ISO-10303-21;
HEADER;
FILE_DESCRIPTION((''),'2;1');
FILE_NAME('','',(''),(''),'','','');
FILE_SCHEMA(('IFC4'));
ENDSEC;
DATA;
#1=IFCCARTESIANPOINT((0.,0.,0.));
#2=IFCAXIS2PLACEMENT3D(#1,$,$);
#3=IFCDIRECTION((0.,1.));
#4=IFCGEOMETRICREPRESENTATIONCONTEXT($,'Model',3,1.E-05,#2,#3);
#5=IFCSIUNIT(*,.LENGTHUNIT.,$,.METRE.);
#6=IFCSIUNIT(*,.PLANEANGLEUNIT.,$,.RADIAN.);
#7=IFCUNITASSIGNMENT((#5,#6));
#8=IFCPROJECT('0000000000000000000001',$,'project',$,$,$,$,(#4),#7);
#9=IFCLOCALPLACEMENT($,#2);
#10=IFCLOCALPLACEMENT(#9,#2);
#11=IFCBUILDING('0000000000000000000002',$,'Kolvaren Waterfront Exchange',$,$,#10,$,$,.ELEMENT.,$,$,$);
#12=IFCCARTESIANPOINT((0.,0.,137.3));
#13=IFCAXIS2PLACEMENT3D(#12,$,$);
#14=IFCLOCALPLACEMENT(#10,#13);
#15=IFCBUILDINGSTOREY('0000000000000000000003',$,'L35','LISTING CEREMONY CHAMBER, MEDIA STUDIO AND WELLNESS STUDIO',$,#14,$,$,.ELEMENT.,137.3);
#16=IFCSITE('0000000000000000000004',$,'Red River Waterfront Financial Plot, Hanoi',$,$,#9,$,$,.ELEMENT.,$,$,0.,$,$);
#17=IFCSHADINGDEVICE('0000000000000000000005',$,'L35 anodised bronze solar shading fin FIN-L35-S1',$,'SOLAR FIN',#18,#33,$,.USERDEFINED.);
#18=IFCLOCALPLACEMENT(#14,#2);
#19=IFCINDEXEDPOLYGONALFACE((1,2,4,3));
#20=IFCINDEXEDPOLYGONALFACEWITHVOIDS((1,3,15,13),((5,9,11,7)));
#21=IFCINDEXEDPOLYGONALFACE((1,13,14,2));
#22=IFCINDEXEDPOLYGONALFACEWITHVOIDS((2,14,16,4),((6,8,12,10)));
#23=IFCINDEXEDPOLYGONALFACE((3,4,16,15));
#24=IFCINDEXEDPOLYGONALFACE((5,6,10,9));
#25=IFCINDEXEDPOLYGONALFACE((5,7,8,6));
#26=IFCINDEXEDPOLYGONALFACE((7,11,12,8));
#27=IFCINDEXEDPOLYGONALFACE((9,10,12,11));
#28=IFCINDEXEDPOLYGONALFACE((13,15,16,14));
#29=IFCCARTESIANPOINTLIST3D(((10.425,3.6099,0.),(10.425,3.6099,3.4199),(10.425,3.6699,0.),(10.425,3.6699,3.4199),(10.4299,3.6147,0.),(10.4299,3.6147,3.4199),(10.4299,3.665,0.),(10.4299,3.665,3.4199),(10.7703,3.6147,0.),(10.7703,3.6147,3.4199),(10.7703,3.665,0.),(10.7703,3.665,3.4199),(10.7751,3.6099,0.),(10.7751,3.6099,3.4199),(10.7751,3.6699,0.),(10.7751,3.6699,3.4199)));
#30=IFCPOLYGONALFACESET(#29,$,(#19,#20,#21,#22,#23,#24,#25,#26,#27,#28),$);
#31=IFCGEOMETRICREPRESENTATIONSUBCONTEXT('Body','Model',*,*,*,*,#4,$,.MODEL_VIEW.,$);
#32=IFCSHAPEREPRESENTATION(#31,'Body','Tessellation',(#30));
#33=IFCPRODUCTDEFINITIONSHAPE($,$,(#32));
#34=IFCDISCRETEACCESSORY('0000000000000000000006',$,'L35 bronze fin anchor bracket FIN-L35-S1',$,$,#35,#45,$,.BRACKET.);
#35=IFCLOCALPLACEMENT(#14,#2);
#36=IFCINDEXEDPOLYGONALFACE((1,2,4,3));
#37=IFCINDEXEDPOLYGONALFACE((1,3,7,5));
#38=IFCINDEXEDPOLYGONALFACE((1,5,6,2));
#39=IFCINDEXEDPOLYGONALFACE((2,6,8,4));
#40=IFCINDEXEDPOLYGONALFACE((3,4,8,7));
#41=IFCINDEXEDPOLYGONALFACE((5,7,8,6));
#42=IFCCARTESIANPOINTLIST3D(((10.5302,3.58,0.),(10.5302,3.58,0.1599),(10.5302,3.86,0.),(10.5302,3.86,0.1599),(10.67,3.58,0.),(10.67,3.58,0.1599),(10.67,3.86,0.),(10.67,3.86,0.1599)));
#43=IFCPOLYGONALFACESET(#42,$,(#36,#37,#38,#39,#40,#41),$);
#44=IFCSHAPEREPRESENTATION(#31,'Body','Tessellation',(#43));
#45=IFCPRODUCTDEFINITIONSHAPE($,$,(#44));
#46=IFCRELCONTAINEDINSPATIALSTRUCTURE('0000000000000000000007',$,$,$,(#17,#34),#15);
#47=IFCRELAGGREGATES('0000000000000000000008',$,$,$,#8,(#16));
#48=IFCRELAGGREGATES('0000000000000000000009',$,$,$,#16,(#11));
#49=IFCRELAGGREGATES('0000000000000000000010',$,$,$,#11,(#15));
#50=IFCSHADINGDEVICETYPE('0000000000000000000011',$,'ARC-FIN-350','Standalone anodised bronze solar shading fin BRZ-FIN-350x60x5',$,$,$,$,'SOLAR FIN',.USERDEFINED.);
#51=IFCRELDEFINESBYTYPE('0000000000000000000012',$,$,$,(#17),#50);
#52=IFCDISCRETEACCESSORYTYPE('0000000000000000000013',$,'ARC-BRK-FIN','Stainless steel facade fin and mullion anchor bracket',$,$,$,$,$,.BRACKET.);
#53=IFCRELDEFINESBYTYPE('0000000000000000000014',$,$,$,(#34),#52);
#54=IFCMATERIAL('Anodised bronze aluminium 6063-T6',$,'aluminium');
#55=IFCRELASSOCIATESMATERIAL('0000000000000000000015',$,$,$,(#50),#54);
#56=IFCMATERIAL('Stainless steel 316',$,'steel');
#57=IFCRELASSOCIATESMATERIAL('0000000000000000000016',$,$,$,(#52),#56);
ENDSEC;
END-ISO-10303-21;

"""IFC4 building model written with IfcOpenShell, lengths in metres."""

from ifc_helpers import new_model, si_unit, direction, frame, origin, origin_with_axes, origin_2d, place, context, subcontext, project, spatial, rectangle, hollow_rectangle, extrude, source, transform, mapped, material, material_profile, profile_set, type_object, element, save


model = new_model("IFC4")

# Units and contexts
model_context = context("Model", 3, precision=1e-05, world=origin(), true_north=direction((0.0, 1.0)))
body_context = subcontext(model_context, "Body", "Model", "MODEL_VIEW")
ifc_project = project(units=[si_unit("LENGTHUNIT", "METRE"), si_unit("PLANEANGLEUNIT", "RADIAN")], contexts=[model_context])

# Site, building, storey
site_placement = place(None, origin())
site = spatial("IfcSite", under=ifc_project, at=site_placement, Name="Red River Waterfront Financial Plot, Hanoi", CompositionType="ELEMENT", RefElevation=0.0)
building_placement = place(site_placement, origin())
building = spatial("IfcBuilding", under=site, at=building_placement, Name="Kolvaren Waterfront Exchange", CompositionType="ELEMENT")
storey_placement = place(building_placement, frame((0.0, 0.0, 137.3)))
storey = spatial("IfcBuildingStorey", under=building, at=storey_placement, Name="L35", Description="LISTING CEREMONY CHAMBER, MEDIA STUDIO AND WELLNESS STUDIO", CompositionType="ELEMENT", Elevation=137.3)

# Shared definitions
ifc_material_1 = material(Name="Anodised bronze aluminium 6063-T6", Category="aluminium")

# Shading device
ifc_material_profile_1 = material_profile(ifc_material_1, hollow_rectangle(XDim=0.0601, YDim=0.3501, WallThickness=0.0049, at=origin_2d()), Name="BRZ-FIN-350x60x5")
ifc_profile_set_1 = profile_set([ifc_material_profile_1], Name="Anodised bronze aluminium 6063-T6")
shading_device_type = type_object("IfcShadingDeviceType", Name="ARC-FIN-350", Description="Standalone anodised bronze solar shading fin BRZ-FIN-350x60x5", ElementType="SOLAR FIN", PredefinedType="USERDEFINED", material=ifc_profile_set_1)
shading_device_placement = place(storey_placement, frame((10.6001, 3.6399, 0.0), z_axis=(0.0, 0.0, 1.0), x_axis=(0.0, -1.0, 0.0)))
element("IfcShadingDevice", 1, at=shading_device_placement, inside=storey, type_object=shading_device_type, Name="L35 anodised bronze solar shading fin FIN-L35-S1", ObjectType="SOLAR FIN", PredefinedType="USERDEFINED", context=body_context, shape_type="SweptSolid", body=[
    extrude(hollow_rectangle(XDim=0.0601, YDim=0.3501, WallThickness=0.0049, at=origin_2d()), origin(), (0.0, 0.0, 1.0), 3.4199),
])

# Discrete accessory
ifc_material_2 = material(Name="Stainless steel 316", Category="steel")
discrete_accessory_type = type_object("IfcDiscreteAccessoryType", Name="ARC-BRK-FIN", Description="Stainless steel facade fin and mullion anchor bracket", PredefinedType="BRACKET", material=ifc_material_2)
shared_shape_1 = source(origin_with_axes(), body_context, "Body", "SweptSolid", [
    extrude(rectangle(XDim=0.28, YDim=0.1399, at=origin_2d()), origin(), (0.0, 0.0, 1.0), 0.1599),
])
discrete_accessory_placement = place(storey_placement, frame((10.6001, 3.72, 0.0), z_axis=(0.0, 0.0, 1.0), x_axis=(0.0, -1.0, 0.0)))
element("IfcDiscreteAccessory", 2, at=discrete_accessory_placement, inside=storey, type_object=discrete_accessory_type, Name="L35 bronze fin anchor bracket FIN-L35-S1", PredefinedType="BRACKET", context=body_context, shape_type="MappedRepresentation", body=[
    mapped(shared_shape_1, transform((0.0, 0.0, 0.0), x_axis=(1.0, 0.0, 0.0), y_axis=(0.0, 1.0, 0.0), z_axis=(0.0, 0.0, 1.0), scale=1.0)),
])

save(model, "model.ifc")
